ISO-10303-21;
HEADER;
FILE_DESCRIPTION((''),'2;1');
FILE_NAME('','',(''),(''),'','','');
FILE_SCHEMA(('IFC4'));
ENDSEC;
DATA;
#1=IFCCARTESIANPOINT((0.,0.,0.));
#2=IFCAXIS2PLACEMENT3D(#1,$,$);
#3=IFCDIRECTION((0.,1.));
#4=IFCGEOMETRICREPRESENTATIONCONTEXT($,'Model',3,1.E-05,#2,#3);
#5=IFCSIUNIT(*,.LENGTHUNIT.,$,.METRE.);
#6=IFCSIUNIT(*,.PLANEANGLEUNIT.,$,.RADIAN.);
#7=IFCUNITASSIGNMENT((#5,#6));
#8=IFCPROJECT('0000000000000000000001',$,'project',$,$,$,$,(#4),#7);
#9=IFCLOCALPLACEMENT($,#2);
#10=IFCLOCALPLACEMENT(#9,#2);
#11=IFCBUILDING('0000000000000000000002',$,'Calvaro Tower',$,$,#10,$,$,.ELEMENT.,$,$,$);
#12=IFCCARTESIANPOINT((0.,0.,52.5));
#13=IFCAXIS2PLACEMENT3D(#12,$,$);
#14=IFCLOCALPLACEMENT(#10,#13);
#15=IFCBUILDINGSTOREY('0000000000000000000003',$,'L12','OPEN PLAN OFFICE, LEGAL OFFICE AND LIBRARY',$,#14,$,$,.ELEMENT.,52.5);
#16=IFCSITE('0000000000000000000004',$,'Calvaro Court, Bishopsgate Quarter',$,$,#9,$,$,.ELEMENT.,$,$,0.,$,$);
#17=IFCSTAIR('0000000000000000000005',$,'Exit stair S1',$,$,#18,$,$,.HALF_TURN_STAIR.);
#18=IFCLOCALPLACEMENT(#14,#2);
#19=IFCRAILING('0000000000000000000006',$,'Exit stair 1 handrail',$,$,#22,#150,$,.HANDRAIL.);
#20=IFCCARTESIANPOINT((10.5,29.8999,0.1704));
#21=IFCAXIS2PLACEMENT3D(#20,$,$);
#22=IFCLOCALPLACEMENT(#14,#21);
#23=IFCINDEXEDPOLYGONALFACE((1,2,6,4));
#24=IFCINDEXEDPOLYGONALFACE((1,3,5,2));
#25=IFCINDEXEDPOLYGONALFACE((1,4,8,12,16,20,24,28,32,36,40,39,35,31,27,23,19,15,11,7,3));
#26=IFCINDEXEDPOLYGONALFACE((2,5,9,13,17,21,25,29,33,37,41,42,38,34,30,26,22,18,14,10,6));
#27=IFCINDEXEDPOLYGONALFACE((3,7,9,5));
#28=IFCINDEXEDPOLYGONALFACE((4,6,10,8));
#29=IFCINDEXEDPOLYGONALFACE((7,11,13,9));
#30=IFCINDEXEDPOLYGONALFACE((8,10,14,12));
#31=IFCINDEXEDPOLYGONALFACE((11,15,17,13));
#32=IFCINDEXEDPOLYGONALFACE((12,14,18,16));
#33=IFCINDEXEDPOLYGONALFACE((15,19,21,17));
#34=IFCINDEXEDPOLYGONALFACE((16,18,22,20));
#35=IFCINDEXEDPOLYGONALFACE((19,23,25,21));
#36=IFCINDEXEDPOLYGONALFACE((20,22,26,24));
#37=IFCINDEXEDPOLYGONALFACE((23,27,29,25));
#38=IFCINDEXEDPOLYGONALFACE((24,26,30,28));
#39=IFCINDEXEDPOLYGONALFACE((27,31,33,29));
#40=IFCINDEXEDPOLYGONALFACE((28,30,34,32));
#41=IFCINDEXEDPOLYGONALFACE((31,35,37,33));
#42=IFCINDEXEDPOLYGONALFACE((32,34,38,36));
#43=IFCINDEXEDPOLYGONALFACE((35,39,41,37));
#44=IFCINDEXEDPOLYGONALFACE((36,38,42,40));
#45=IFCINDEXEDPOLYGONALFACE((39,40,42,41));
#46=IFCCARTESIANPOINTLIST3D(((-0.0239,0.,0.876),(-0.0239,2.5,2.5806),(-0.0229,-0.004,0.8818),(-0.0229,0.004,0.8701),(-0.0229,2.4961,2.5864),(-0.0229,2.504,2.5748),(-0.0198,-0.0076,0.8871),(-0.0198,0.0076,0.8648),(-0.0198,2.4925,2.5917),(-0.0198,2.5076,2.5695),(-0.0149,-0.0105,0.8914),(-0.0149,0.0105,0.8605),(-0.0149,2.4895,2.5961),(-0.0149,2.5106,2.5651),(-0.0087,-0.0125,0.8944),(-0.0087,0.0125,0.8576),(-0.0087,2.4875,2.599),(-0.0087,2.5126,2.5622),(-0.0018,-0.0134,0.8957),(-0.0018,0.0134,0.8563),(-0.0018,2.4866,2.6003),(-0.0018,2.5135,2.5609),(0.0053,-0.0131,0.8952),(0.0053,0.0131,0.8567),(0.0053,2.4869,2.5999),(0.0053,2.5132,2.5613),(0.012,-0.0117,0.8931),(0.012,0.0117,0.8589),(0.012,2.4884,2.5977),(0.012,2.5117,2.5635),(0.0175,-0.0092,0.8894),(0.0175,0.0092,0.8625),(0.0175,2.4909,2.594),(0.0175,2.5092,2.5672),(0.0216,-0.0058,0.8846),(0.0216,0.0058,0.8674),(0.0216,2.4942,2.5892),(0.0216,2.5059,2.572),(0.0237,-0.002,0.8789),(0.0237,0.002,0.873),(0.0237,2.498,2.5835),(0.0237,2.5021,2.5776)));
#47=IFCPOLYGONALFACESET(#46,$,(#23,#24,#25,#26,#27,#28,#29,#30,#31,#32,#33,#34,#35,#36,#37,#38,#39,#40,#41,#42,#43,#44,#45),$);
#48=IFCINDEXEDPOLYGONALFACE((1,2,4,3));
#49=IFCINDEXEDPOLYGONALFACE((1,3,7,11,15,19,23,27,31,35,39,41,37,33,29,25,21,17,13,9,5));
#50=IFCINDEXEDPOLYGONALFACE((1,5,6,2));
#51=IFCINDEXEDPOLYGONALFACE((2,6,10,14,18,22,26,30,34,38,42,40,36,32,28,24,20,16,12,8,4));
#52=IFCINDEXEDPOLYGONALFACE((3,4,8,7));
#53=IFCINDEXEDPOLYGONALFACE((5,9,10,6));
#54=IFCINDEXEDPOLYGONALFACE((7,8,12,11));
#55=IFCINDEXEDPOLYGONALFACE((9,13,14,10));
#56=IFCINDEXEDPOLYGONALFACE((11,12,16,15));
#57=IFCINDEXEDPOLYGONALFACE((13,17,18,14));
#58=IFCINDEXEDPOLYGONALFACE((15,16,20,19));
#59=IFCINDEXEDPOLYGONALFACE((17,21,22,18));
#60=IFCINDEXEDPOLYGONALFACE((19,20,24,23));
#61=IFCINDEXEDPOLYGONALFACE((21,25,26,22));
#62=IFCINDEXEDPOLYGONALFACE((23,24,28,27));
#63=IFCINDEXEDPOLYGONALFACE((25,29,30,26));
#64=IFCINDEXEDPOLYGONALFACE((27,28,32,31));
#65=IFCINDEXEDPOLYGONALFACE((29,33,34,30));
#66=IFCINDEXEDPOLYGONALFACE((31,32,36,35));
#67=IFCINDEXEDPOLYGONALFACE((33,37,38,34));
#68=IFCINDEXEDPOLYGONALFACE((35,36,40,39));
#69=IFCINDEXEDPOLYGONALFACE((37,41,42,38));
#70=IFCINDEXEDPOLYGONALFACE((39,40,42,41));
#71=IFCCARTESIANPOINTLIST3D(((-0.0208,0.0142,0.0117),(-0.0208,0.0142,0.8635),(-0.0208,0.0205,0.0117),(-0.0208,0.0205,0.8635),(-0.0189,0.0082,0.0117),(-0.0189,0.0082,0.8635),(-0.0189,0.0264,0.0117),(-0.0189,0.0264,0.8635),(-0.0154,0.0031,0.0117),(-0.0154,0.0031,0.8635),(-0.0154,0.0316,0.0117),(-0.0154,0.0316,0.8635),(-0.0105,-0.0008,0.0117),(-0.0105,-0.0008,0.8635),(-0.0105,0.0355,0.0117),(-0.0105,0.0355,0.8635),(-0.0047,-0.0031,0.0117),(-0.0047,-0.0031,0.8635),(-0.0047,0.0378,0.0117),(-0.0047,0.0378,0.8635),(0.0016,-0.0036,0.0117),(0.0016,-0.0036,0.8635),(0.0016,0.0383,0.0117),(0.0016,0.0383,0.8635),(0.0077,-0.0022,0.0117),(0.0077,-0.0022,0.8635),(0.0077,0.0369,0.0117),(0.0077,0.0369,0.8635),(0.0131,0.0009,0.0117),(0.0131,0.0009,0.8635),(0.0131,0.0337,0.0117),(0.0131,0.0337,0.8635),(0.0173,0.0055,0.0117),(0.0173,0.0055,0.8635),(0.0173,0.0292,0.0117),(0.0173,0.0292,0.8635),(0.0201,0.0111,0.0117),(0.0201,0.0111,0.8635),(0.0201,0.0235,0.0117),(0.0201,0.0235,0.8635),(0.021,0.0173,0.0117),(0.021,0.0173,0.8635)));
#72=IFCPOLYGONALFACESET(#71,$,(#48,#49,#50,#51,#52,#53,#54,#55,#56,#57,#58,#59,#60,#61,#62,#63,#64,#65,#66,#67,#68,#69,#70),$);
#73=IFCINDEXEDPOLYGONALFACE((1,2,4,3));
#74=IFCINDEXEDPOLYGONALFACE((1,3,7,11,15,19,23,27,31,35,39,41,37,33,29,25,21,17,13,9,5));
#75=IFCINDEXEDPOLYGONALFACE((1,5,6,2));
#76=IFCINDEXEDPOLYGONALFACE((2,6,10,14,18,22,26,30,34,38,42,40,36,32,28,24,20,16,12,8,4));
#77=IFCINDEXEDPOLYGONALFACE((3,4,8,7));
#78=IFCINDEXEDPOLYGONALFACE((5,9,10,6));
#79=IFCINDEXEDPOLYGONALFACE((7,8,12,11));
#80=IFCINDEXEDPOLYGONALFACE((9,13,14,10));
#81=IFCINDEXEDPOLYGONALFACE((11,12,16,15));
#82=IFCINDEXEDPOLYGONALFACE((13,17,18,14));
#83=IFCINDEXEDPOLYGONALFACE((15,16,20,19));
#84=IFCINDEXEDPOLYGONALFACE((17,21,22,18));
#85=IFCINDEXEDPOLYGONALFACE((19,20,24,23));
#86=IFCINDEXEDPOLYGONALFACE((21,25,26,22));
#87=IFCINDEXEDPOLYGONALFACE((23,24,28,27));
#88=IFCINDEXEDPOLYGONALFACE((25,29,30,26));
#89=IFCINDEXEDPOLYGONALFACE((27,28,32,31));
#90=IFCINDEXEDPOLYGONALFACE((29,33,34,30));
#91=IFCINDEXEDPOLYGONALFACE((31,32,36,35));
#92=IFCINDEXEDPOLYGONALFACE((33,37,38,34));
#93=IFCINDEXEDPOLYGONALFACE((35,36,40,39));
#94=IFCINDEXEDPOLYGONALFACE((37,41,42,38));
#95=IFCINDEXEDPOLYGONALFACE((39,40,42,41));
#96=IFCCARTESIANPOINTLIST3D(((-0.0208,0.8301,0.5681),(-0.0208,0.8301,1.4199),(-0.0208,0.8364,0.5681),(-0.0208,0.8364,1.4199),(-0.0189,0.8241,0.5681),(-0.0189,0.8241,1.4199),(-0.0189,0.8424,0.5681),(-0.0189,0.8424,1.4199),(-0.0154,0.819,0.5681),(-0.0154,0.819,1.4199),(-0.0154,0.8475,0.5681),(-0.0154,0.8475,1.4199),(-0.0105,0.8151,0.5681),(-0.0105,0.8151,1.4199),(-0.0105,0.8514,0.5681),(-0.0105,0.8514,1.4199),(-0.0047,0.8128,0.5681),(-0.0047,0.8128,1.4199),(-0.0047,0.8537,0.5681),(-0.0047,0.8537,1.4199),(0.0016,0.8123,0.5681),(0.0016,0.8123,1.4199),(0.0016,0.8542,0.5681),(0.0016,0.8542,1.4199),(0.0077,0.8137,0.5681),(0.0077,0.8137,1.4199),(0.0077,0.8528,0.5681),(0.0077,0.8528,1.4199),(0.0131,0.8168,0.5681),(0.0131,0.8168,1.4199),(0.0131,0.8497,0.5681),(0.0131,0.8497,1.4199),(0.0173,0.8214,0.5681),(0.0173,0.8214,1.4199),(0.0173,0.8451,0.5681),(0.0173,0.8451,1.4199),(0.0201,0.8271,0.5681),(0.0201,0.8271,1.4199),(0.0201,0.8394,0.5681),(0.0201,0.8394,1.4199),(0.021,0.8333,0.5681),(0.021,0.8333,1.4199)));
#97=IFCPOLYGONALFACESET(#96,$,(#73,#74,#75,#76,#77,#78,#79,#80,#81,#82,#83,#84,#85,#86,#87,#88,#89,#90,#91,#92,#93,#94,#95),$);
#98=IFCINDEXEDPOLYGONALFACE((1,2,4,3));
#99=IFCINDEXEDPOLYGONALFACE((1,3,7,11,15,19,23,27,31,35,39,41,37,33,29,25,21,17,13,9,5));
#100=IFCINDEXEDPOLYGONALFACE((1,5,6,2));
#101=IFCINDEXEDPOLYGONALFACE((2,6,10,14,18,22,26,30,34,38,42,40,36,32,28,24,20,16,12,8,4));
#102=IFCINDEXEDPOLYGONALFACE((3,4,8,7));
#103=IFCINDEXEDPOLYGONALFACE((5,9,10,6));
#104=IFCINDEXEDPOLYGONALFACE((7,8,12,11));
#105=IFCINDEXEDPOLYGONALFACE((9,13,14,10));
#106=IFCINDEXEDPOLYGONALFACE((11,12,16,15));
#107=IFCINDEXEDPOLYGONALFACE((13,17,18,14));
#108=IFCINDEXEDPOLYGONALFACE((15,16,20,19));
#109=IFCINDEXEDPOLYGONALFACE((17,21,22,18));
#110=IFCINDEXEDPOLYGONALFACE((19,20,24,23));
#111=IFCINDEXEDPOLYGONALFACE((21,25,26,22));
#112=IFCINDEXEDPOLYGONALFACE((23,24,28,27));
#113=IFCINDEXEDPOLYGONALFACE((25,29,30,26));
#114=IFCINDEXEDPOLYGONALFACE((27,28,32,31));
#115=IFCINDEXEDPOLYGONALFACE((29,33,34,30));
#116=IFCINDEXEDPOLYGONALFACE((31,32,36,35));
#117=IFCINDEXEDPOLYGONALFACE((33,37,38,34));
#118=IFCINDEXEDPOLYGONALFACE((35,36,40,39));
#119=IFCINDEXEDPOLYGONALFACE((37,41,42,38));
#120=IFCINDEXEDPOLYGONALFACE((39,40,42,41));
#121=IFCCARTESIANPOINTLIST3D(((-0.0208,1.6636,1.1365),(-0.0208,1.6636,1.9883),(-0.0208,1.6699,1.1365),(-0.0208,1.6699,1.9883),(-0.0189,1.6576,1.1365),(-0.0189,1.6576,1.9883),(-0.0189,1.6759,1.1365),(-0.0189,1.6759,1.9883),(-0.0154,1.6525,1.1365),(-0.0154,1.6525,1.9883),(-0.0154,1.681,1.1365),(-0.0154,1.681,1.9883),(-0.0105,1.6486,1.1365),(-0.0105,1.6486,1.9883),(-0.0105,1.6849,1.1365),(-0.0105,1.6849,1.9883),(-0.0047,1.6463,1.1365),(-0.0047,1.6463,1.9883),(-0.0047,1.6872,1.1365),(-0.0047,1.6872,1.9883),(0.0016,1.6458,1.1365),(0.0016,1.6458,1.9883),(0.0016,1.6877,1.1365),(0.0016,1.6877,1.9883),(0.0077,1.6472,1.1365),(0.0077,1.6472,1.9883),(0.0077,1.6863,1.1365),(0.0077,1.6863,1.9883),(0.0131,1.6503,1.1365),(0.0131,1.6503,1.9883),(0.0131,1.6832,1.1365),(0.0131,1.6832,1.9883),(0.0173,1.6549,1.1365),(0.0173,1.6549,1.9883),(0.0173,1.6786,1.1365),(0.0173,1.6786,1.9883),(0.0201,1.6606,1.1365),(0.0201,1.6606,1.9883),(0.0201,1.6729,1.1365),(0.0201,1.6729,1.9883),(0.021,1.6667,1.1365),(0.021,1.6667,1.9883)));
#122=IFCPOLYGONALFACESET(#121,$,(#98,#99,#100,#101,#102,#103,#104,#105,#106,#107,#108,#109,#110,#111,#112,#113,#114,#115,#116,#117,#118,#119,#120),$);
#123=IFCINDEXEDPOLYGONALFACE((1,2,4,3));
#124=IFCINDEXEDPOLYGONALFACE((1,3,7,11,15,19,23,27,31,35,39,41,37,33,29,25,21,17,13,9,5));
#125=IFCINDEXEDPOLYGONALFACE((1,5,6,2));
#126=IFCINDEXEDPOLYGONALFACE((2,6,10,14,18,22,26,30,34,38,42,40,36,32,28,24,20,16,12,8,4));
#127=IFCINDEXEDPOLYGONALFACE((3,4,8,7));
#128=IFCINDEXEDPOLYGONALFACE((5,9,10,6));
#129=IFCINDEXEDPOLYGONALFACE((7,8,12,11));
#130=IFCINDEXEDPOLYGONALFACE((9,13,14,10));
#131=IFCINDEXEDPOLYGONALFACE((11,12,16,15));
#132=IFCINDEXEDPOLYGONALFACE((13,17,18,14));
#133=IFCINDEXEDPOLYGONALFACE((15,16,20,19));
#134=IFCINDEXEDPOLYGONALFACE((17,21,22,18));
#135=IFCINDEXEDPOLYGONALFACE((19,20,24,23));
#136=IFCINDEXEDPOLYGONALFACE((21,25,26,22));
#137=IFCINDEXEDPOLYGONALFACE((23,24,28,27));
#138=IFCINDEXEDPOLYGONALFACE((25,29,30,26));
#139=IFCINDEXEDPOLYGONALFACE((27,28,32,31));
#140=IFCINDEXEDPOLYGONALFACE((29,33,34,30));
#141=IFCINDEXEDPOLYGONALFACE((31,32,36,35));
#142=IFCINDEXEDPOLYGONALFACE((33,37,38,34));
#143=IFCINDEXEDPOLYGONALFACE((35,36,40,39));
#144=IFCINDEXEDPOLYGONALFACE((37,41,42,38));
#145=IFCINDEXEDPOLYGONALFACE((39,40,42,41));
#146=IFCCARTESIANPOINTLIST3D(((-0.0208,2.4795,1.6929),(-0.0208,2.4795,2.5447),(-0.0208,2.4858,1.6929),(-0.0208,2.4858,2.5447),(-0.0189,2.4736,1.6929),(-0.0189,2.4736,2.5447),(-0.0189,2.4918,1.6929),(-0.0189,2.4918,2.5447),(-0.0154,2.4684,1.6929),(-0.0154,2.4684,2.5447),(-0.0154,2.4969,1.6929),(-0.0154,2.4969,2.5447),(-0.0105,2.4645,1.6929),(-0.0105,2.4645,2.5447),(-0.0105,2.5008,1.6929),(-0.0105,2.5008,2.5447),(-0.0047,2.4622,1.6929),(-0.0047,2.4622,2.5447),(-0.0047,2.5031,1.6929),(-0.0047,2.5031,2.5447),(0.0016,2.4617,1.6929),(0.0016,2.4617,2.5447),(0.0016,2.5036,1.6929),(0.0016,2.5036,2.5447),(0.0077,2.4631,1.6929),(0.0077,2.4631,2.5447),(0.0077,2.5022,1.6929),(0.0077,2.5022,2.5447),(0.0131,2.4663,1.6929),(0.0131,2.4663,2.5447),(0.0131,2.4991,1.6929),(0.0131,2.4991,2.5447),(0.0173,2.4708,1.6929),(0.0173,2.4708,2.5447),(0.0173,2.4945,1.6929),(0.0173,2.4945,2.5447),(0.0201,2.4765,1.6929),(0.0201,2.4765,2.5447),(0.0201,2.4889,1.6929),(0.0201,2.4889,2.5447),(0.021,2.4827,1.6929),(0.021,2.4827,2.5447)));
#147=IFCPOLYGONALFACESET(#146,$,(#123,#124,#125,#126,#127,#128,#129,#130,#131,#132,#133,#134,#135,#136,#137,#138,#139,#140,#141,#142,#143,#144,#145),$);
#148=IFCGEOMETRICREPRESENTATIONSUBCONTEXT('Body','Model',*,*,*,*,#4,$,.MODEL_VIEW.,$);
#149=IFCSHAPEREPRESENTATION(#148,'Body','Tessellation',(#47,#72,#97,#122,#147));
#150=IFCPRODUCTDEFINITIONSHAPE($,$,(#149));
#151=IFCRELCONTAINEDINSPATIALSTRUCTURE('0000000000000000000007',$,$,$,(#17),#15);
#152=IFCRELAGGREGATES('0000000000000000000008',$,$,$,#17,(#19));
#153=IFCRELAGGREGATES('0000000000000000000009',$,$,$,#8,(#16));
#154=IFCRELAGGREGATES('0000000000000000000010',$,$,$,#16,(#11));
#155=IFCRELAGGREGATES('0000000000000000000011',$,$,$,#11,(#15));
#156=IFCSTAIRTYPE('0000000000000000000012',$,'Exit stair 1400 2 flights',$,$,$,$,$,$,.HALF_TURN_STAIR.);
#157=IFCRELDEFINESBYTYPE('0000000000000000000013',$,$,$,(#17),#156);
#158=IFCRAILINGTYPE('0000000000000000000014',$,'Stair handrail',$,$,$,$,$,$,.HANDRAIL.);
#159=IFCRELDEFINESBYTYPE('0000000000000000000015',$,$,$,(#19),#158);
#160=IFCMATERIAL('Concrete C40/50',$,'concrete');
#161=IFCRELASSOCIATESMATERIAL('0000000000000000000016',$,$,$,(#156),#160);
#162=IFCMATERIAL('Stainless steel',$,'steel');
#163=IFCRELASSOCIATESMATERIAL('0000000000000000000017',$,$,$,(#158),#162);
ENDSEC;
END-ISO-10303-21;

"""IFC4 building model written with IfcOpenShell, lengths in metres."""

from ifc_helpers import new_model, si_unit, direction, frame, origin, origin_2d, place, context, subcontext, project, spatial, circle, extrude, material, type_object, element, aggregate, save


model = new_model("IFC4")

# Units and contexts
model_context = context("Model", 3, precision=1e-05, world=origin(), true_north=direction((0.0, 1.0)))
body_context = subcontext(model_context, "Body", "Model", "MODEL_VIEW")
ifc_project = project(units=[si_unit("LENGTHUNIT", "METRE"), si_unit("PLANEANGLEUNIT", "RADIAN")], contexts=[model_context])

# Site, building, storey
site_placement = place(None, origin())
site = spatial("IfcSite", under=ifc_project, at=site_placement, Name="Calvaro Court, Bishopsgate Quarter", CompositionType="ELEMENT", RefElevation=0.0)
building_placement = place(site_placement, origin())
building = spatial("IfcBuilding", under=site, at=building_placement, Name="Calvaro Tower", CompositionType="ELEMENT")
storey_placement = place(building_placement, frame((0.0, 0.0, 52.5)))
storey = spatial("IfcBuildingStorey", under=building, at=storey_placement, Name="L12", Description="OPEN PLAN OFFICE, LEGAL OFFICE AND LIBRARY", CompositionType="ELEMENT", Elevation=52.5)

# Stair, railing
ifc_material_1 = material(Name="Concrete C40/50", Category="concrete")
stair_type = type_object("IfcStairType", Name="Exit stair 1400 2 flights", PredefinedType="HALF_TURN_STAIR", material=ifc_material_1)
stair_placement = place(storey_placement, origin())
stair = element("IfcStair", 1, at=stair_placement, inside=storey, type_object=stair_type, Name="Exit stair S1", PredefinedType="HALF_TURN_STAIR")
ifc_material_2 = material(Name="Stainless steel", Category="steel")
railing_type = type_object("IfcRailingType", Name="Stair handrail", PredefinedType="HANDRAIL", material=ifc_material_2)
railing_1_placement = place(storey_placement, frame((10.5, 29.8999, 0.1704)))
railing_1 = element("IfcRailing", 2, at=railing_1_placement, type_object=railing_type, Name="Exit stair 1 handrail", PredefinedType="HANDRAIL", context=body_context, shape_type="SweptSolid", body=[
    extrude(circle(Radius=0.0239, at=origin_2d()), frame((0.0, 0.0, 0.876), z_axis=(0.0, 0.826221, 0.563347), x_axis=(-1.0, 0.0, 0.0)), (0.0, 0.0, 1.0), 3.0259),
    extrude(circle(Radius=0.021, at=origin_2d()), frame((0.0, 0.0173, 0.0117)), (0.0, 0.0, 1.0), 0.8518),
    extrude(circle(Radius=0.021, at=origin_2d()), frame((0.0, 0.8333, 0.5681)), (0.0, 0.0, 1.0), 0.8518),
    extrude(circle(Radius=0.021, at=origin_2d()), frame((0.0, 1.6667, 1.1365)), (0.0, 0.0, 1.0), 0.8518),
    extrude(circle(Radius=0.021, at=origin_2d()), frame((0.0, 2.4827, 1.6929)), (0.0, 0.0, 1.0), 0.8518),
])
aggregate(stair, [railing_1])

save(model, "model.ifc")
